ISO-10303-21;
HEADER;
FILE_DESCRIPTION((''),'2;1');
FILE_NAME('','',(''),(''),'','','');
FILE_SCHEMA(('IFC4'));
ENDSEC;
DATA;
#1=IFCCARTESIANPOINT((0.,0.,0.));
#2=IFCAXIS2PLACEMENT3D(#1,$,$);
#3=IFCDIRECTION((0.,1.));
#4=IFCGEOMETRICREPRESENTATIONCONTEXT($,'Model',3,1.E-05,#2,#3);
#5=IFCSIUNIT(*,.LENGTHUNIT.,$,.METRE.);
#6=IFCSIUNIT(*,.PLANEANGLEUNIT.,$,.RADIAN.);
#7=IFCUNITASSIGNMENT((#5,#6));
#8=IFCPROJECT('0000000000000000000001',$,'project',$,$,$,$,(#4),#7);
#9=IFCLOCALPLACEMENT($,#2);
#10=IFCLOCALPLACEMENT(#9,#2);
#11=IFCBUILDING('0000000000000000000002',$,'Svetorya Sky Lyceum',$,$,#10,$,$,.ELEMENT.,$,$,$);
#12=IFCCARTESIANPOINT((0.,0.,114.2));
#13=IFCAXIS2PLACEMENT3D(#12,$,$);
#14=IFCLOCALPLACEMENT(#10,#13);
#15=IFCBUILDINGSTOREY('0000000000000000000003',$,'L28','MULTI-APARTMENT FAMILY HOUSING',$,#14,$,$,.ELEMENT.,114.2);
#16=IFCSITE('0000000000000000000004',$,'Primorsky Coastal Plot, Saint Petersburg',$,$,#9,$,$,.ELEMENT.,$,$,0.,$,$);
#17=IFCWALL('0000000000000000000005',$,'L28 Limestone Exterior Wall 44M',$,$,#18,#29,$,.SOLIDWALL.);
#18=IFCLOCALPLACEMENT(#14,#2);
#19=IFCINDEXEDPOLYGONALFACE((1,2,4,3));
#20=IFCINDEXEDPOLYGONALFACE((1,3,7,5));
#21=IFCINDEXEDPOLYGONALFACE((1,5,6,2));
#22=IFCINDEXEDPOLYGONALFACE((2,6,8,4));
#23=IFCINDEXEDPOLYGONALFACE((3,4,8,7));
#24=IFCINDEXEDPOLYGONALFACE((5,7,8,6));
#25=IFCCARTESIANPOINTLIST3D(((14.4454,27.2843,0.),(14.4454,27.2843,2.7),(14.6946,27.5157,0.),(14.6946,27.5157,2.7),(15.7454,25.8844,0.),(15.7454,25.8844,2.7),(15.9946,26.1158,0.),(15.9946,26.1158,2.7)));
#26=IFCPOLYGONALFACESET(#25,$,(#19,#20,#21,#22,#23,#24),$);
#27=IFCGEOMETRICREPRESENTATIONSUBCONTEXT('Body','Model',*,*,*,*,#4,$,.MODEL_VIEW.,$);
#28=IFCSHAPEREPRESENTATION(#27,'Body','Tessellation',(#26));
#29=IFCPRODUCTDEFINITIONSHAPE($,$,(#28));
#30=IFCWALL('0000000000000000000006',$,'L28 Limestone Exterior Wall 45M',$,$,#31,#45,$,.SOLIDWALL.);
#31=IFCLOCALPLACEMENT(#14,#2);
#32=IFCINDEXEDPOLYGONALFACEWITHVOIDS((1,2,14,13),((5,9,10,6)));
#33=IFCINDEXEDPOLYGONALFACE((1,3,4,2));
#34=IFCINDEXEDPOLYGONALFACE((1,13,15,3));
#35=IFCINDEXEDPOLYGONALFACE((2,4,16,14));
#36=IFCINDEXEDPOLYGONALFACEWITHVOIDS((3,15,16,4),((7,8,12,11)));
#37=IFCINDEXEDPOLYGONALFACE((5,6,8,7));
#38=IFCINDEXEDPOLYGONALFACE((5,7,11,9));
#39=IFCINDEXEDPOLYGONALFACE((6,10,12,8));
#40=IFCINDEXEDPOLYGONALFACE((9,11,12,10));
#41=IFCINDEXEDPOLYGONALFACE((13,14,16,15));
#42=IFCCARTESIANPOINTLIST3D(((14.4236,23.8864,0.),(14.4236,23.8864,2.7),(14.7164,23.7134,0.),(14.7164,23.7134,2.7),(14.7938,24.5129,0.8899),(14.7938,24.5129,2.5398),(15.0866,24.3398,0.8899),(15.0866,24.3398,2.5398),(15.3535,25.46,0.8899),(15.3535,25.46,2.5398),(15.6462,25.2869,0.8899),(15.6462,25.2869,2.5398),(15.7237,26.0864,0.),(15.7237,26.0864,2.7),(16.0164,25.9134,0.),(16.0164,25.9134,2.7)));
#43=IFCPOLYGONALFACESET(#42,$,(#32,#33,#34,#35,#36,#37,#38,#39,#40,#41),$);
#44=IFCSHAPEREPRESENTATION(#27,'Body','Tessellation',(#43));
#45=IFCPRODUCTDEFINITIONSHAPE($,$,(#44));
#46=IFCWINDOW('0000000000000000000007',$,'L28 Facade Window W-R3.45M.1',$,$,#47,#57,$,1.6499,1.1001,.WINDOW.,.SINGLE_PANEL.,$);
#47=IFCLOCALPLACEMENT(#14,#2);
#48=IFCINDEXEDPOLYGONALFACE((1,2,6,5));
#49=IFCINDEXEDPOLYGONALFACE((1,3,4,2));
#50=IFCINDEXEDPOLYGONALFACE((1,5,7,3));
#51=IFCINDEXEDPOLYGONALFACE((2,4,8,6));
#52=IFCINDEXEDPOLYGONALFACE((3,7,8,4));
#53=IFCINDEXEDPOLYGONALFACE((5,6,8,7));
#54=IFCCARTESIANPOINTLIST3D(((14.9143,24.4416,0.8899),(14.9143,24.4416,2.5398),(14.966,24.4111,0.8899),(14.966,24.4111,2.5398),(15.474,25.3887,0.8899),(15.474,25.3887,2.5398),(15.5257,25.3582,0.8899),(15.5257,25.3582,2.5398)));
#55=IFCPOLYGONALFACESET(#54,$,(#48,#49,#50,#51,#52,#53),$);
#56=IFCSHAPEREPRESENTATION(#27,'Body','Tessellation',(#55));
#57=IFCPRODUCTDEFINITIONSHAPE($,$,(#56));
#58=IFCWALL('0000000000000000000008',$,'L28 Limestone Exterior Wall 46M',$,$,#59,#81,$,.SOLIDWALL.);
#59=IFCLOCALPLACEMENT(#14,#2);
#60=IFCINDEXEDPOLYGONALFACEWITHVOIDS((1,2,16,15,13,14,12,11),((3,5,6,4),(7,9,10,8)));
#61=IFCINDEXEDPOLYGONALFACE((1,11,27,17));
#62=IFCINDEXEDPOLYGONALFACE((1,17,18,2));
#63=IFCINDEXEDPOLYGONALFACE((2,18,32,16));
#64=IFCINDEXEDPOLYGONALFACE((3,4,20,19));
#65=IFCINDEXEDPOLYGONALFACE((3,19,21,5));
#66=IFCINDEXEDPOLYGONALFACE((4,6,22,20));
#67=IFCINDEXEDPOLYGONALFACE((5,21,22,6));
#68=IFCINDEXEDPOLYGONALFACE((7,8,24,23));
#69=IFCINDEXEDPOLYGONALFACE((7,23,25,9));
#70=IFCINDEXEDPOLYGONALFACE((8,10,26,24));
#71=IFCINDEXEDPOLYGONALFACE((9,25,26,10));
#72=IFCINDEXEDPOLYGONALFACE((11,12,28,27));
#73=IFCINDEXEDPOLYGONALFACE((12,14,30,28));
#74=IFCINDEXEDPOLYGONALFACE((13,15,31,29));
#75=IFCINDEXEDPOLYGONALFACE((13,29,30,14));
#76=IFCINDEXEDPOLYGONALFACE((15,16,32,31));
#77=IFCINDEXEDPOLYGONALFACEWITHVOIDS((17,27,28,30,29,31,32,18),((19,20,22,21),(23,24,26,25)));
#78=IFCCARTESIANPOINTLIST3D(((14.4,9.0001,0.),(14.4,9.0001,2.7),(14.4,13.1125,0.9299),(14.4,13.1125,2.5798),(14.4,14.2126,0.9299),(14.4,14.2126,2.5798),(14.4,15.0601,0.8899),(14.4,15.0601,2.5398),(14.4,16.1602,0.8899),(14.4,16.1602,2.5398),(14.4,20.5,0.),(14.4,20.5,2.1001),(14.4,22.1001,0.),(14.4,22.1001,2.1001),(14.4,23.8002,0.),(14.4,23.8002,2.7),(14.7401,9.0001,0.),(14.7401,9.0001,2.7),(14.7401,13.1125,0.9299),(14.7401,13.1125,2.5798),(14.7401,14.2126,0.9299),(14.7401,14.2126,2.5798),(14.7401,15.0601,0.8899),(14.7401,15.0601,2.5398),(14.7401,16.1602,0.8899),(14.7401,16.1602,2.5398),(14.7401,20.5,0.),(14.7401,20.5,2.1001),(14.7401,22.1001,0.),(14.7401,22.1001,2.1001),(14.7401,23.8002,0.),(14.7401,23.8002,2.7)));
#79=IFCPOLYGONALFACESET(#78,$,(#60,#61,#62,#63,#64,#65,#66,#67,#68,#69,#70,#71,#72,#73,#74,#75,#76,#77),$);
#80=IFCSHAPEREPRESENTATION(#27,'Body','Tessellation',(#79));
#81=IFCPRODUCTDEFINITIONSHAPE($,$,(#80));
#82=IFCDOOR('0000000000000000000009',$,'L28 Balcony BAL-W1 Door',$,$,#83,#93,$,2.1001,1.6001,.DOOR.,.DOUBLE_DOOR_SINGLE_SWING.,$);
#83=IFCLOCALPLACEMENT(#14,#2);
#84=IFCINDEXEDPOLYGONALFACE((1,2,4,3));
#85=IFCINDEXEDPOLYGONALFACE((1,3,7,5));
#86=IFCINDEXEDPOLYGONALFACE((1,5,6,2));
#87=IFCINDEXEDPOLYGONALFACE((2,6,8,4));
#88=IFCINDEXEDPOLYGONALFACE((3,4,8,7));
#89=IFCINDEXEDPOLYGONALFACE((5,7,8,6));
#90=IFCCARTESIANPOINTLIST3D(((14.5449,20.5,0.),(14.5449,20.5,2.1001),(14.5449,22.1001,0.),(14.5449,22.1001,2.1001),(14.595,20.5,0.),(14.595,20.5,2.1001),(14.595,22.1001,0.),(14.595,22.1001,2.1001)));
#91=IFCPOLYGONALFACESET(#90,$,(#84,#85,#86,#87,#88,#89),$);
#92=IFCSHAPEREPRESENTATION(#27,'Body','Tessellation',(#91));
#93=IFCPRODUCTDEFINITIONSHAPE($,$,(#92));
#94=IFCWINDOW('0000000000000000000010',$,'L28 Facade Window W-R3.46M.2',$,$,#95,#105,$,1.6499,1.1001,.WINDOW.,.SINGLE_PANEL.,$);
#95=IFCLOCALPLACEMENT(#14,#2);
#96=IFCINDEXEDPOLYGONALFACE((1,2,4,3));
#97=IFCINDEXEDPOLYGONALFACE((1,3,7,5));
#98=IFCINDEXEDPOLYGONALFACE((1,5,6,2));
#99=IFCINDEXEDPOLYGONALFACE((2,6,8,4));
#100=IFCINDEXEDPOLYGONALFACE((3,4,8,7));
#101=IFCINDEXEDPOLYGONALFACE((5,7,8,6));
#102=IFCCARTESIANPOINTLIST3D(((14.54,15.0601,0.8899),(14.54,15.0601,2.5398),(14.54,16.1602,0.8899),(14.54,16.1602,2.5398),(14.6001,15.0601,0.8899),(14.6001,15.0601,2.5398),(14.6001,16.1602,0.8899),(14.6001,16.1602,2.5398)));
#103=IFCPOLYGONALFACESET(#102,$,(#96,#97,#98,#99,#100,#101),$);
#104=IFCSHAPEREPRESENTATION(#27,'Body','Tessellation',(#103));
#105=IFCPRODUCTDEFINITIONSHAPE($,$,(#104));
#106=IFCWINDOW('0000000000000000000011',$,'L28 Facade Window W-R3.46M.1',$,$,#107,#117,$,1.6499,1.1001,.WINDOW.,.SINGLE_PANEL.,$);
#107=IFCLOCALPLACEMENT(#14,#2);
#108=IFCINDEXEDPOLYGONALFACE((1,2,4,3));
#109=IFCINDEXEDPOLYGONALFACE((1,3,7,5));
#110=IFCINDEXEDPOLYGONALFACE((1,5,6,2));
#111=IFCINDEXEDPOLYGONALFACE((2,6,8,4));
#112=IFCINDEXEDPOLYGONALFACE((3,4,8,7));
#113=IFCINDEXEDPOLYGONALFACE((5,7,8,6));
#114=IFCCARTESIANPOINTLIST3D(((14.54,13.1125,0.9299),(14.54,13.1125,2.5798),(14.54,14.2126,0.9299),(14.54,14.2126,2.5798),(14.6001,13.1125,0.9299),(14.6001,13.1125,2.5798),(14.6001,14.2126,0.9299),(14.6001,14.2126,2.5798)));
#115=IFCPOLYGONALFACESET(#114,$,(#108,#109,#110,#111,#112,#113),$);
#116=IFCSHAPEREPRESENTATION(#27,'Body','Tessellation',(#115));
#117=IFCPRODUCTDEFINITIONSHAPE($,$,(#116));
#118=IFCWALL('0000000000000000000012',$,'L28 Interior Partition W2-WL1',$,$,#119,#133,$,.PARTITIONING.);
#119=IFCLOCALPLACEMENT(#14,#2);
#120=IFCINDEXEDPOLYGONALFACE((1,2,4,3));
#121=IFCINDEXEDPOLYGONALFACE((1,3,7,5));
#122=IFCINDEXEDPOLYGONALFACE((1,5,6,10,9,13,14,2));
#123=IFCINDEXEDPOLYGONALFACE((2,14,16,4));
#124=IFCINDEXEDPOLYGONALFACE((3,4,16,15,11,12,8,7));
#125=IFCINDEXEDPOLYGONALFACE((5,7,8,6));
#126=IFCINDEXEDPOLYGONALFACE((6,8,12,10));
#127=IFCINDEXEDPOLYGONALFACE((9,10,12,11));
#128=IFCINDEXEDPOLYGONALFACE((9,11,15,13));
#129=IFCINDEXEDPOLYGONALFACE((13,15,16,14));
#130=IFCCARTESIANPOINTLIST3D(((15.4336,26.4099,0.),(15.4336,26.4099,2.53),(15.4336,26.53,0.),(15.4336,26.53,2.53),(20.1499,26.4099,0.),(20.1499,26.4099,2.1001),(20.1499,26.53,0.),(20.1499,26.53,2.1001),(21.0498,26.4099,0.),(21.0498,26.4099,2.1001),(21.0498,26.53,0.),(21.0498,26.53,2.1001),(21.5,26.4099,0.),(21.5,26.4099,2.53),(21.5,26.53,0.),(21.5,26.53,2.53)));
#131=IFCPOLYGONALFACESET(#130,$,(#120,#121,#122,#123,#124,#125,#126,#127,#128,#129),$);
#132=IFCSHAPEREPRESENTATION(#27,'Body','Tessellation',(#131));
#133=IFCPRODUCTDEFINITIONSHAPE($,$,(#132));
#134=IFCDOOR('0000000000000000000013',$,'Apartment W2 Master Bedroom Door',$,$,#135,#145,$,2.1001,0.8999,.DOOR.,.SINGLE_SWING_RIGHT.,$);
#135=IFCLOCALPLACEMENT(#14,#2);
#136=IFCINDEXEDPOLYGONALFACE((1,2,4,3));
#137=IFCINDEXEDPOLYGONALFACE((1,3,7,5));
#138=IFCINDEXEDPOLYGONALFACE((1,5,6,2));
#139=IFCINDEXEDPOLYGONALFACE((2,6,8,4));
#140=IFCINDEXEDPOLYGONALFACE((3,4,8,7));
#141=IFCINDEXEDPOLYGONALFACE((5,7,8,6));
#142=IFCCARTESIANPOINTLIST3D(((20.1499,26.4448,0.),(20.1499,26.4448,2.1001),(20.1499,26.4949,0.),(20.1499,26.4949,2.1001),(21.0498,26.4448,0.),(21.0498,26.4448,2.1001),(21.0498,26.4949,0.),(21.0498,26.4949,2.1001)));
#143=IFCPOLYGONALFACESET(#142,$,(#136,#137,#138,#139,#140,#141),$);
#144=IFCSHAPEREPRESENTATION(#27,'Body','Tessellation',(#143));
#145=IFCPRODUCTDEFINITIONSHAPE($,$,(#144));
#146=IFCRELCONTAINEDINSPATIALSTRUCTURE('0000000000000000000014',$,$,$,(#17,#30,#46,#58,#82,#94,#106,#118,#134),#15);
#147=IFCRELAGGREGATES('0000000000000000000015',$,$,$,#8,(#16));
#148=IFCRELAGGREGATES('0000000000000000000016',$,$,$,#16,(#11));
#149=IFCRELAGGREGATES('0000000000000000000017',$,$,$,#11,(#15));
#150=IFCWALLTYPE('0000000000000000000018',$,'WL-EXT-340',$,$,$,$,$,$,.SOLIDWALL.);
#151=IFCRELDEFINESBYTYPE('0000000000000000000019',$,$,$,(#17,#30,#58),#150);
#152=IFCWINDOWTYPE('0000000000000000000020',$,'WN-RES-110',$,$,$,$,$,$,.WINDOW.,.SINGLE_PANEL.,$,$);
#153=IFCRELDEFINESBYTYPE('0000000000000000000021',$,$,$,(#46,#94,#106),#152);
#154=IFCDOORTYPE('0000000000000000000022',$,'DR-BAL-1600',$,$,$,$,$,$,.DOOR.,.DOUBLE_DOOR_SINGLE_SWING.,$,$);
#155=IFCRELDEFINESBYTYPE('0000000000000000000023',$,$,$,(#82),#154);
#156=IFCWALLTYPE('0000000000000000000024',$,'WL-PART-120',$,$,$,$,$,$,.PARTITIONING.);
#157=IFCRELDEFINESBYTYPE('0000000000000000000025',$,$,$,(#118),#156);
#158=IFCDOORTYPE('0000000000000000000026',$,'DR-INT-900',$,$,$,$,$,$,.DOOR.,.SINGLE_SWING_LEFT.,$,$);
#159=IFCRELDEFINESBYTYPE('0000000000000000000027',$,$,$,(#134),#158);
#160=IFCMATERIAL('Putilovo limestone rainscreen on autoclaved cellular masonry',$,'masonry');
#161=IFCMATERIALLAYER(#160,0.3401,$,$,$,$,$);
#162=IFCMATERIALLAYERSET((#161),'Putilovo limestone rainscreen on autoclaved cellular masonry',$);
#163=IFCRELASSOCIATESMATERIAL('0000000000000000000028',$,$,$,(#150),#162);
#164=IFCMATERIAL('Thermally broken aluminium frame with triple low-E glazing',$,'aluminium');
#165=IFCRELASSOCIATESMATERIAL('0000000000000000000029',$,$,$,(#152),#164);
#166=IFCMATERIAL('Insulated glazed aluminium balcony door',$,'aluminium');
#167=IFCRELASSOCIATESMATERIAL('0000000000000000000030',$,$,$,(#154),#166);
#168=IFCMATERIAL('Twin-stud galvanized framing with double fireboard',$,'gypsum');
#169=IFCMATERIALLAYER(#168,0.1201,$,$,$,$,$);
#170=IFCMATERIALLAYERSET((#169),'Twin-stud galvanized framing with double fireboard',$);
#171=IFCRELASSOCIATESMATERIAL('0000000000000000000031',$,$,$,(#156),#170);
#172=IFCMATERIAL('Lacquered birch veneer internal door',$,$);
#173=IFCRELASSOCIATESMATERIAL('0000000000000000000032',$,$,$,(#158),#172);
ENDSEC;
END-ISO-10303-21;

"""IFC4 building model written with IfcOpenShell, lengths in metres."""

from ifc_helpers import new_model, si_unit, direction, frame, frame_2d, origin, place, context, subcontext, project, spatial, rectangle, extrude, material, layer, layer_set, type_object, element, fill, save


model = new_model("IFC4")

# Units and contexts
model_context = context("Model", 3, precision=1e-05, world=origin(), true_north=direction((0.0, 1.0)))
body_context = subcontext(model_context, "Body", "Model", "MODEL_VIEW")
ifc_project = project(units=[si_unit("LENGTHUNIT", "METRE"), si_unit("PLANEANGLEUNIT", "RADIAN")], contexts=[model_context])

# Site, building, storey
site_placement = place(None, origin())
site = spatial("IfcSite", under=ifc_project, at=site_placement, Name="Primorsky Coastal Plot, Saint Petersburg", CompositionType="ELEMENT", RefElevation=0.0)
building_placement = place(site_placement, origin())
building = spatial("IfcBuilding", under=site, at=building_placement, Name="Svetorya Sky Lyceum", CompositionType="ELEMENT")
storey_placement = place(building_placement, frame((0.0, 0.0, 114.2)))
storey = spatial("IfcBuildingStorey", under=building, at=storey_placement, Name="L28", Description="MULTI-APARTMENT FAMILY HOUSING", CompositionType="ELEMENT", Elevation=114.2)

# Shared definitions
ifc_material_1 = material(Name="Putilovo limestone rainscreen on autoclaved cellular masonry", Category="masonry")
ifc_layer_1 = layer(ifc_material_1, 0.3401)
ifc_layer_set_1 = layer_set([ifc_layer_1], Name="Putilovo limestone rainscreen on autoclaved cellular masonry")
wall_type_1 = type_object("IfcWallType", Name="WL-EXT-340", PredefinedType="SOLIDWALL", material=ifc_layer_set_1)
ifc_material_2 = material(Name="Thermally broken aluminium frame with triple low-E glazing", Category="aluminium")
window_type_1 = type_object("IfcWindowType", Name="WN-RES-110", PartitioningType="SINGLE_PANEL", PredefinedType="WINDOW", material=ifc_material_2)

# Wall
wall_1_placement = place(storey_placement, frame((14.5701, 27.3999, 0.0), z_axis=(0.0, 0.0, 1.0), x_axis=(0.68049, -0.732757, 0.0)))
element("IfcWall", 1, at=wall_1_placement, inside=storey, type_object=wall_type_1, Name="L28 Limestone Exterior Wall 44M", PredefinedType="SOLIDWALL", context=body_context, shape_type="SweptSolid", body=[
    extrude(rectangle(XDim=1.9104, YDim=0.3401, at=frame_2d((0.9551, 0.0))), origin(), (0.0, 0.0, 1.0), 2.7),
])

# Wall, opening, window
wall_2_placement = place(storey_placement, frame((15.8701, 26.0, 0.0), z_axis=(0.0, 0.0, 1.0), x_axis=(-0.508752, -0.860913, 0.0)))
wall_2 = element("IfcWall", 2, at=wall_2_placement, inside=storey, type_object=wall_type_1, Name="L28 Limestone Exterior Wall 45M", PredefinedType="SOLIDWALL", context=body_context, shape_type="SweptSolid", body=[
    extrude(rectangle(XDim=2.5554, YDim=0.3401, at=frame_2d((1.2778, 0.0))), origin(), (0.0, 0.0, 1.0), 2.7),
])
opening_1_placement = place(wall_2_placement, frame((0.7278, 0.0, 0.8899)))
opening_1 = element("IfcOpeningElement", 3, at=opening_1_placement, cuts=wall_2, PredefinedType="OPENING", context=body_context, shape_type="SweptSolid", body=[
    extrude(rectangle(XDim=1.1001, YDim=1.6499, at=frame_2d((0.55, 0.825))), frame((0.0, 0.1799, 0.0), z_axis=(0.0, -1.0, 0.0), x_axis=(1.0, 0.0, 0.0)), (0.0, 0.0, 1.0), 0.3601),
])
window_1_placement = place(opening_1_placement, origin())
window_1 = element("IfcWindow", 4, at=window_1_placement, inside=storey, type_object=window_type_1, Name="L28 Facade Window W-R3.45M.1", OverallHeight=1.6499, OverallWidth=1.1001, PartitioningType="SINGLE_PANEL", PredefinedType="WINDOW", context=body_context, shape_type="SweptSolid", body=[
    extrude(rectangle(XDim=1.1001, YDim=1.6499, at=frame_2d((0.55, 0.825))), frame((0.0, 0.03, 0.0), z_axis=(0.0, -1.0, 0.0), x_axis=(1.0, 0.0, 0.0)), (0.0, 0.0, 1.0), 0.0601),
])
fill(opening_1, window_1)

# Wall, openings, door, windows
wall_3_placement = place(storey_placement, frame((14.5701, 23.8, 0.0), z_axis=(0.0, 0.0, 1.0), x_axis=(0.0, -1.0, 0.0)))
wall_3 = element("IfcWall", 5, at=wall_3_placement, inside=storey, type_object=wall_type_1, Name="L28 Limestone Exterior Wall 46M", PredefinedType="SOLIDWALL", context=body_context, shape_type="SweptSolid", body=[
    extrude(rectangle(XDim=14.8, YDim=0.3401, at=frame_2d((7.3999, 0.0))), origin(), (0.0, 0.0, 1.0), 2.7),
])
opening_2_placement = place(wall_3_placement, frame((1.7, 0.0, 0.0)))
opening_2 = element("IfcOpeningElement", 6, at=opening_2_placement, cuts=wall_3, PredefinedType="OPENING", context=body_context, shape_type="SweptSolid", body=[
    extrude(rectangle(XDim=1.6001, YDim=2.1001, at=frame_2d((0.8, 1.05))), frame((0.0, 0.1799, 0.0), z_axis=(0.0, -1.0, 0.0), x_axis=(1.0, 0.0, 0.0)), (0.0, 0.0, 1.0), 0.3601),
])
opening_3_placement = place(wall_3_placement, frame((7.6399, 0.0, 0.8899)))
opening_3 = element("IfcOpeningElement", 7, at=opening_3_placement, cuts=wall_3, PredefinedType="OPENING", context=body_context, shape_type="SweptSolid", body=[
    extrude(rectangle(XDim=1.1001, YDim=1.6499, at=frame_2d((0.55, 0.825))), frame((0.0, 0.1799, 0.0), z_axis=(0.0, -1.0, 0.0), x_axis=(1.0, 0.0, 0.0)), (0.0, 0.0, 1.0), 0.3601),
])
opening_4_placement = place(wall_3_placement, frame((9.5874, 0.0, 0.9299)))
opening_4 = element("IfcOpeningElement", 8, at=opening_4_placement, cuts=wall_3, PredefinedType="OPENING", context=body_context, shape_type="SweptSolid", body=[
    extrude(rectangle(XDim=1.1001, YDim=1.6499, at=frame_2d((0.55, 0.825))), frame((0.0, 0.1799, 0.0), z_axis=(0.0, -1.0, 0.0), x_axis=(1.0, 0.0, 0.0)), (0.0, 0.0, 1.0), 0.3601),
])
ifc_material_3 = material(Name="Insulated glazed aluminium balcony door", Category="aluminium")
door_type_1 = type_object("IfcDoorType", Name="DR-BAL-1600", OperationType="DOUBLE_DOOR_SINGLE_SWING", PredefinedType="DOOR", material=ifc_material_3)
door_1_placement = place(opening_2_placement, origin())
door_1 = element("IfcDoor", 9, at=door_1_placement, inside=storey, type_object=door_type_1, Name="L28 Balcony BAL-W1 Door", OperationType="DOUBLE_DOOR_SINGLE_SWING", OverallHeight=2.1001, OverallWidth=1.6001, PredefinedType="DOOR", context=body_context, shape_type="SweptSolid", body=[
    extrude(rectangle(XDim=1.6001, YDim=2.1001, at=frame_2d((0.8, 1.05))), frame((0.0, 0.0249, 0.0), z_axis=(0.0, -1.0, 0.0), x_axis=(1.0, 0.0, 0.0)), (0.0, 0.0, 1.0), 0.05),
])
fill(opening_2, door_1)
window_2_placement = place(opening_3_placement, origin())
window_2 = element("IfcWindow", 10, at=window_2_placement, inside=storey, type_object=window_type_1, Name="L28 Facade Window W-R3.46M.2", OverallHeight=1.6499, OverallWidth=1.1001, PartitioningType="SINGLE_PANEL", PredefinedType="WINDOW", context=body_context, shape_type="SweptSolid", body=[
    extrude(rectangle(XDim=1.1001, YDim=1.6499, at=frame_2d((0.55, 0.825))), frame((0.0, 0.03, 0.0), z_axis=(0.0, -1.0, 0.0), x_axis=(1.0, 0.0, 0.0)), (0.0, 0.0, 1.0), 0.0601),
])
fill(opening_3, window_2)
window_3_placement = place(opening_4_placement, origin())
window_3 = element("IfcWindow", 11, at=window_3_placement, inside=storey, type_object=window_type_1, Name="L28 Facade Window W-R3.46M.1", OverallHeight=1.6499, OverallWidth=1.1001, PartitioningType="SINGLE_PANEL", PredefinedType="WINDOW", context=body_context, shape_type="SweptSolid", body=[
    extrude(rectangle(XDim=1.1001, YDim=1.6499, at=frame_2d((0.55, 0.825))), frame((0.0, 0.03, 0.0), z_axis=(0.0, -1.0, 0.0), x_axis=(1.0, 0.0, 0.0)), (0.0, 0.0, 1.0), 0.0601),
])
fill(opening_4, window_3)

# Wall, opening, door
ifc_material_4 = material(Name="Twin-stud galvanized framing with double fireboard", Category="gypsum")
ifc_layer_2 = layer(ifc_material_4, 0.1201)
ifc_layer_set_2 = layer_set([ifc_layer_2], Name="Twin-stud galvanized framing with double fireboard")
wall_type_2 = type_object("IfcWallType", Name="WL-PART-120", PredefinedType="PARTITIONING", material=ifc_layer_set_2)
wall_4_placement = place(storey_placement, frame((15.4336, 26.47, 0.0), z_axis=(0.0, 0.0, 1.0), x_axis=(1.0, 0.0, 0.0)))
wall_4 = element("IfcWall", 12, at=wall_4_placement, inside=storey, type_object=wall_type_2, Name="L28 Interior Partition W2-WL1", PredefinedType="PARTITIONING", context=body_context, shape_type="SweptSolid", body=[
    extrude(rectangle(XDim=6.0664, YDim=0.1201, at=frame_2d((3.0332, 0.0))), origin(), (0.0, 0.0, 1.0), 2.53),
])
opening_5_placement = place(wall_4_placement, frame((4.7163, 0.0, 0.0)))
opening_5 = element("IfcOpeningElement", 13, at=opening_5_placement, cuts=wall_4, PredefinedType="OPENING", context=body_context, shape_type="SweptSolid", body=[
    extrude(rectangle(XDim=0.8999, YDim=2.1001, at=frame_2d((0.45, 1.05))), frame((0.0, 0.0701, 0.0), z_axis=(0.0, -1.0, 0.0), x_axis=(1.0, 0.0, 0.0)), (0.0, 0.0, 1.0), 0.1401),
])
ifc_material_5 = material(Name="Lacquered birch veneer internal door")
door_type_2 = type_object("IfcDoorType", Name="DR-INT-900", OperationType="SINGLE_SWING_LEFT", PredefinedType="DOOR", material=ifc_material_5)
door_2_placement = place(opening_5_placement, origin())
door_2 = element("IfcDoor", 14, at=door_2_placement, inside=storey, type_object=door_type_2, Name="Apartment W2 Master Bedroom Door", OperationType="SINGLE_SWING_RIGHT", OverallHeight=2.1001, OverallWidth=0.8999, PredefinedType="DOOR", context=body_context, shape_type="SweptSolid", body=[
    extrude(rectangle(XDim=0.8999, YDim=2.1001, at=frame_2d((0.45, 1.05))), frame((0.0, 0.0249, 0.0), z_axis=(0.0, -1.0, 0.0), x_axis=(1.0, 0.0, 0.0)), (0.0, 0.0, 1.0), 0.05),
])
fill(opening_5, door_2)

save(model, "model.ifc")
